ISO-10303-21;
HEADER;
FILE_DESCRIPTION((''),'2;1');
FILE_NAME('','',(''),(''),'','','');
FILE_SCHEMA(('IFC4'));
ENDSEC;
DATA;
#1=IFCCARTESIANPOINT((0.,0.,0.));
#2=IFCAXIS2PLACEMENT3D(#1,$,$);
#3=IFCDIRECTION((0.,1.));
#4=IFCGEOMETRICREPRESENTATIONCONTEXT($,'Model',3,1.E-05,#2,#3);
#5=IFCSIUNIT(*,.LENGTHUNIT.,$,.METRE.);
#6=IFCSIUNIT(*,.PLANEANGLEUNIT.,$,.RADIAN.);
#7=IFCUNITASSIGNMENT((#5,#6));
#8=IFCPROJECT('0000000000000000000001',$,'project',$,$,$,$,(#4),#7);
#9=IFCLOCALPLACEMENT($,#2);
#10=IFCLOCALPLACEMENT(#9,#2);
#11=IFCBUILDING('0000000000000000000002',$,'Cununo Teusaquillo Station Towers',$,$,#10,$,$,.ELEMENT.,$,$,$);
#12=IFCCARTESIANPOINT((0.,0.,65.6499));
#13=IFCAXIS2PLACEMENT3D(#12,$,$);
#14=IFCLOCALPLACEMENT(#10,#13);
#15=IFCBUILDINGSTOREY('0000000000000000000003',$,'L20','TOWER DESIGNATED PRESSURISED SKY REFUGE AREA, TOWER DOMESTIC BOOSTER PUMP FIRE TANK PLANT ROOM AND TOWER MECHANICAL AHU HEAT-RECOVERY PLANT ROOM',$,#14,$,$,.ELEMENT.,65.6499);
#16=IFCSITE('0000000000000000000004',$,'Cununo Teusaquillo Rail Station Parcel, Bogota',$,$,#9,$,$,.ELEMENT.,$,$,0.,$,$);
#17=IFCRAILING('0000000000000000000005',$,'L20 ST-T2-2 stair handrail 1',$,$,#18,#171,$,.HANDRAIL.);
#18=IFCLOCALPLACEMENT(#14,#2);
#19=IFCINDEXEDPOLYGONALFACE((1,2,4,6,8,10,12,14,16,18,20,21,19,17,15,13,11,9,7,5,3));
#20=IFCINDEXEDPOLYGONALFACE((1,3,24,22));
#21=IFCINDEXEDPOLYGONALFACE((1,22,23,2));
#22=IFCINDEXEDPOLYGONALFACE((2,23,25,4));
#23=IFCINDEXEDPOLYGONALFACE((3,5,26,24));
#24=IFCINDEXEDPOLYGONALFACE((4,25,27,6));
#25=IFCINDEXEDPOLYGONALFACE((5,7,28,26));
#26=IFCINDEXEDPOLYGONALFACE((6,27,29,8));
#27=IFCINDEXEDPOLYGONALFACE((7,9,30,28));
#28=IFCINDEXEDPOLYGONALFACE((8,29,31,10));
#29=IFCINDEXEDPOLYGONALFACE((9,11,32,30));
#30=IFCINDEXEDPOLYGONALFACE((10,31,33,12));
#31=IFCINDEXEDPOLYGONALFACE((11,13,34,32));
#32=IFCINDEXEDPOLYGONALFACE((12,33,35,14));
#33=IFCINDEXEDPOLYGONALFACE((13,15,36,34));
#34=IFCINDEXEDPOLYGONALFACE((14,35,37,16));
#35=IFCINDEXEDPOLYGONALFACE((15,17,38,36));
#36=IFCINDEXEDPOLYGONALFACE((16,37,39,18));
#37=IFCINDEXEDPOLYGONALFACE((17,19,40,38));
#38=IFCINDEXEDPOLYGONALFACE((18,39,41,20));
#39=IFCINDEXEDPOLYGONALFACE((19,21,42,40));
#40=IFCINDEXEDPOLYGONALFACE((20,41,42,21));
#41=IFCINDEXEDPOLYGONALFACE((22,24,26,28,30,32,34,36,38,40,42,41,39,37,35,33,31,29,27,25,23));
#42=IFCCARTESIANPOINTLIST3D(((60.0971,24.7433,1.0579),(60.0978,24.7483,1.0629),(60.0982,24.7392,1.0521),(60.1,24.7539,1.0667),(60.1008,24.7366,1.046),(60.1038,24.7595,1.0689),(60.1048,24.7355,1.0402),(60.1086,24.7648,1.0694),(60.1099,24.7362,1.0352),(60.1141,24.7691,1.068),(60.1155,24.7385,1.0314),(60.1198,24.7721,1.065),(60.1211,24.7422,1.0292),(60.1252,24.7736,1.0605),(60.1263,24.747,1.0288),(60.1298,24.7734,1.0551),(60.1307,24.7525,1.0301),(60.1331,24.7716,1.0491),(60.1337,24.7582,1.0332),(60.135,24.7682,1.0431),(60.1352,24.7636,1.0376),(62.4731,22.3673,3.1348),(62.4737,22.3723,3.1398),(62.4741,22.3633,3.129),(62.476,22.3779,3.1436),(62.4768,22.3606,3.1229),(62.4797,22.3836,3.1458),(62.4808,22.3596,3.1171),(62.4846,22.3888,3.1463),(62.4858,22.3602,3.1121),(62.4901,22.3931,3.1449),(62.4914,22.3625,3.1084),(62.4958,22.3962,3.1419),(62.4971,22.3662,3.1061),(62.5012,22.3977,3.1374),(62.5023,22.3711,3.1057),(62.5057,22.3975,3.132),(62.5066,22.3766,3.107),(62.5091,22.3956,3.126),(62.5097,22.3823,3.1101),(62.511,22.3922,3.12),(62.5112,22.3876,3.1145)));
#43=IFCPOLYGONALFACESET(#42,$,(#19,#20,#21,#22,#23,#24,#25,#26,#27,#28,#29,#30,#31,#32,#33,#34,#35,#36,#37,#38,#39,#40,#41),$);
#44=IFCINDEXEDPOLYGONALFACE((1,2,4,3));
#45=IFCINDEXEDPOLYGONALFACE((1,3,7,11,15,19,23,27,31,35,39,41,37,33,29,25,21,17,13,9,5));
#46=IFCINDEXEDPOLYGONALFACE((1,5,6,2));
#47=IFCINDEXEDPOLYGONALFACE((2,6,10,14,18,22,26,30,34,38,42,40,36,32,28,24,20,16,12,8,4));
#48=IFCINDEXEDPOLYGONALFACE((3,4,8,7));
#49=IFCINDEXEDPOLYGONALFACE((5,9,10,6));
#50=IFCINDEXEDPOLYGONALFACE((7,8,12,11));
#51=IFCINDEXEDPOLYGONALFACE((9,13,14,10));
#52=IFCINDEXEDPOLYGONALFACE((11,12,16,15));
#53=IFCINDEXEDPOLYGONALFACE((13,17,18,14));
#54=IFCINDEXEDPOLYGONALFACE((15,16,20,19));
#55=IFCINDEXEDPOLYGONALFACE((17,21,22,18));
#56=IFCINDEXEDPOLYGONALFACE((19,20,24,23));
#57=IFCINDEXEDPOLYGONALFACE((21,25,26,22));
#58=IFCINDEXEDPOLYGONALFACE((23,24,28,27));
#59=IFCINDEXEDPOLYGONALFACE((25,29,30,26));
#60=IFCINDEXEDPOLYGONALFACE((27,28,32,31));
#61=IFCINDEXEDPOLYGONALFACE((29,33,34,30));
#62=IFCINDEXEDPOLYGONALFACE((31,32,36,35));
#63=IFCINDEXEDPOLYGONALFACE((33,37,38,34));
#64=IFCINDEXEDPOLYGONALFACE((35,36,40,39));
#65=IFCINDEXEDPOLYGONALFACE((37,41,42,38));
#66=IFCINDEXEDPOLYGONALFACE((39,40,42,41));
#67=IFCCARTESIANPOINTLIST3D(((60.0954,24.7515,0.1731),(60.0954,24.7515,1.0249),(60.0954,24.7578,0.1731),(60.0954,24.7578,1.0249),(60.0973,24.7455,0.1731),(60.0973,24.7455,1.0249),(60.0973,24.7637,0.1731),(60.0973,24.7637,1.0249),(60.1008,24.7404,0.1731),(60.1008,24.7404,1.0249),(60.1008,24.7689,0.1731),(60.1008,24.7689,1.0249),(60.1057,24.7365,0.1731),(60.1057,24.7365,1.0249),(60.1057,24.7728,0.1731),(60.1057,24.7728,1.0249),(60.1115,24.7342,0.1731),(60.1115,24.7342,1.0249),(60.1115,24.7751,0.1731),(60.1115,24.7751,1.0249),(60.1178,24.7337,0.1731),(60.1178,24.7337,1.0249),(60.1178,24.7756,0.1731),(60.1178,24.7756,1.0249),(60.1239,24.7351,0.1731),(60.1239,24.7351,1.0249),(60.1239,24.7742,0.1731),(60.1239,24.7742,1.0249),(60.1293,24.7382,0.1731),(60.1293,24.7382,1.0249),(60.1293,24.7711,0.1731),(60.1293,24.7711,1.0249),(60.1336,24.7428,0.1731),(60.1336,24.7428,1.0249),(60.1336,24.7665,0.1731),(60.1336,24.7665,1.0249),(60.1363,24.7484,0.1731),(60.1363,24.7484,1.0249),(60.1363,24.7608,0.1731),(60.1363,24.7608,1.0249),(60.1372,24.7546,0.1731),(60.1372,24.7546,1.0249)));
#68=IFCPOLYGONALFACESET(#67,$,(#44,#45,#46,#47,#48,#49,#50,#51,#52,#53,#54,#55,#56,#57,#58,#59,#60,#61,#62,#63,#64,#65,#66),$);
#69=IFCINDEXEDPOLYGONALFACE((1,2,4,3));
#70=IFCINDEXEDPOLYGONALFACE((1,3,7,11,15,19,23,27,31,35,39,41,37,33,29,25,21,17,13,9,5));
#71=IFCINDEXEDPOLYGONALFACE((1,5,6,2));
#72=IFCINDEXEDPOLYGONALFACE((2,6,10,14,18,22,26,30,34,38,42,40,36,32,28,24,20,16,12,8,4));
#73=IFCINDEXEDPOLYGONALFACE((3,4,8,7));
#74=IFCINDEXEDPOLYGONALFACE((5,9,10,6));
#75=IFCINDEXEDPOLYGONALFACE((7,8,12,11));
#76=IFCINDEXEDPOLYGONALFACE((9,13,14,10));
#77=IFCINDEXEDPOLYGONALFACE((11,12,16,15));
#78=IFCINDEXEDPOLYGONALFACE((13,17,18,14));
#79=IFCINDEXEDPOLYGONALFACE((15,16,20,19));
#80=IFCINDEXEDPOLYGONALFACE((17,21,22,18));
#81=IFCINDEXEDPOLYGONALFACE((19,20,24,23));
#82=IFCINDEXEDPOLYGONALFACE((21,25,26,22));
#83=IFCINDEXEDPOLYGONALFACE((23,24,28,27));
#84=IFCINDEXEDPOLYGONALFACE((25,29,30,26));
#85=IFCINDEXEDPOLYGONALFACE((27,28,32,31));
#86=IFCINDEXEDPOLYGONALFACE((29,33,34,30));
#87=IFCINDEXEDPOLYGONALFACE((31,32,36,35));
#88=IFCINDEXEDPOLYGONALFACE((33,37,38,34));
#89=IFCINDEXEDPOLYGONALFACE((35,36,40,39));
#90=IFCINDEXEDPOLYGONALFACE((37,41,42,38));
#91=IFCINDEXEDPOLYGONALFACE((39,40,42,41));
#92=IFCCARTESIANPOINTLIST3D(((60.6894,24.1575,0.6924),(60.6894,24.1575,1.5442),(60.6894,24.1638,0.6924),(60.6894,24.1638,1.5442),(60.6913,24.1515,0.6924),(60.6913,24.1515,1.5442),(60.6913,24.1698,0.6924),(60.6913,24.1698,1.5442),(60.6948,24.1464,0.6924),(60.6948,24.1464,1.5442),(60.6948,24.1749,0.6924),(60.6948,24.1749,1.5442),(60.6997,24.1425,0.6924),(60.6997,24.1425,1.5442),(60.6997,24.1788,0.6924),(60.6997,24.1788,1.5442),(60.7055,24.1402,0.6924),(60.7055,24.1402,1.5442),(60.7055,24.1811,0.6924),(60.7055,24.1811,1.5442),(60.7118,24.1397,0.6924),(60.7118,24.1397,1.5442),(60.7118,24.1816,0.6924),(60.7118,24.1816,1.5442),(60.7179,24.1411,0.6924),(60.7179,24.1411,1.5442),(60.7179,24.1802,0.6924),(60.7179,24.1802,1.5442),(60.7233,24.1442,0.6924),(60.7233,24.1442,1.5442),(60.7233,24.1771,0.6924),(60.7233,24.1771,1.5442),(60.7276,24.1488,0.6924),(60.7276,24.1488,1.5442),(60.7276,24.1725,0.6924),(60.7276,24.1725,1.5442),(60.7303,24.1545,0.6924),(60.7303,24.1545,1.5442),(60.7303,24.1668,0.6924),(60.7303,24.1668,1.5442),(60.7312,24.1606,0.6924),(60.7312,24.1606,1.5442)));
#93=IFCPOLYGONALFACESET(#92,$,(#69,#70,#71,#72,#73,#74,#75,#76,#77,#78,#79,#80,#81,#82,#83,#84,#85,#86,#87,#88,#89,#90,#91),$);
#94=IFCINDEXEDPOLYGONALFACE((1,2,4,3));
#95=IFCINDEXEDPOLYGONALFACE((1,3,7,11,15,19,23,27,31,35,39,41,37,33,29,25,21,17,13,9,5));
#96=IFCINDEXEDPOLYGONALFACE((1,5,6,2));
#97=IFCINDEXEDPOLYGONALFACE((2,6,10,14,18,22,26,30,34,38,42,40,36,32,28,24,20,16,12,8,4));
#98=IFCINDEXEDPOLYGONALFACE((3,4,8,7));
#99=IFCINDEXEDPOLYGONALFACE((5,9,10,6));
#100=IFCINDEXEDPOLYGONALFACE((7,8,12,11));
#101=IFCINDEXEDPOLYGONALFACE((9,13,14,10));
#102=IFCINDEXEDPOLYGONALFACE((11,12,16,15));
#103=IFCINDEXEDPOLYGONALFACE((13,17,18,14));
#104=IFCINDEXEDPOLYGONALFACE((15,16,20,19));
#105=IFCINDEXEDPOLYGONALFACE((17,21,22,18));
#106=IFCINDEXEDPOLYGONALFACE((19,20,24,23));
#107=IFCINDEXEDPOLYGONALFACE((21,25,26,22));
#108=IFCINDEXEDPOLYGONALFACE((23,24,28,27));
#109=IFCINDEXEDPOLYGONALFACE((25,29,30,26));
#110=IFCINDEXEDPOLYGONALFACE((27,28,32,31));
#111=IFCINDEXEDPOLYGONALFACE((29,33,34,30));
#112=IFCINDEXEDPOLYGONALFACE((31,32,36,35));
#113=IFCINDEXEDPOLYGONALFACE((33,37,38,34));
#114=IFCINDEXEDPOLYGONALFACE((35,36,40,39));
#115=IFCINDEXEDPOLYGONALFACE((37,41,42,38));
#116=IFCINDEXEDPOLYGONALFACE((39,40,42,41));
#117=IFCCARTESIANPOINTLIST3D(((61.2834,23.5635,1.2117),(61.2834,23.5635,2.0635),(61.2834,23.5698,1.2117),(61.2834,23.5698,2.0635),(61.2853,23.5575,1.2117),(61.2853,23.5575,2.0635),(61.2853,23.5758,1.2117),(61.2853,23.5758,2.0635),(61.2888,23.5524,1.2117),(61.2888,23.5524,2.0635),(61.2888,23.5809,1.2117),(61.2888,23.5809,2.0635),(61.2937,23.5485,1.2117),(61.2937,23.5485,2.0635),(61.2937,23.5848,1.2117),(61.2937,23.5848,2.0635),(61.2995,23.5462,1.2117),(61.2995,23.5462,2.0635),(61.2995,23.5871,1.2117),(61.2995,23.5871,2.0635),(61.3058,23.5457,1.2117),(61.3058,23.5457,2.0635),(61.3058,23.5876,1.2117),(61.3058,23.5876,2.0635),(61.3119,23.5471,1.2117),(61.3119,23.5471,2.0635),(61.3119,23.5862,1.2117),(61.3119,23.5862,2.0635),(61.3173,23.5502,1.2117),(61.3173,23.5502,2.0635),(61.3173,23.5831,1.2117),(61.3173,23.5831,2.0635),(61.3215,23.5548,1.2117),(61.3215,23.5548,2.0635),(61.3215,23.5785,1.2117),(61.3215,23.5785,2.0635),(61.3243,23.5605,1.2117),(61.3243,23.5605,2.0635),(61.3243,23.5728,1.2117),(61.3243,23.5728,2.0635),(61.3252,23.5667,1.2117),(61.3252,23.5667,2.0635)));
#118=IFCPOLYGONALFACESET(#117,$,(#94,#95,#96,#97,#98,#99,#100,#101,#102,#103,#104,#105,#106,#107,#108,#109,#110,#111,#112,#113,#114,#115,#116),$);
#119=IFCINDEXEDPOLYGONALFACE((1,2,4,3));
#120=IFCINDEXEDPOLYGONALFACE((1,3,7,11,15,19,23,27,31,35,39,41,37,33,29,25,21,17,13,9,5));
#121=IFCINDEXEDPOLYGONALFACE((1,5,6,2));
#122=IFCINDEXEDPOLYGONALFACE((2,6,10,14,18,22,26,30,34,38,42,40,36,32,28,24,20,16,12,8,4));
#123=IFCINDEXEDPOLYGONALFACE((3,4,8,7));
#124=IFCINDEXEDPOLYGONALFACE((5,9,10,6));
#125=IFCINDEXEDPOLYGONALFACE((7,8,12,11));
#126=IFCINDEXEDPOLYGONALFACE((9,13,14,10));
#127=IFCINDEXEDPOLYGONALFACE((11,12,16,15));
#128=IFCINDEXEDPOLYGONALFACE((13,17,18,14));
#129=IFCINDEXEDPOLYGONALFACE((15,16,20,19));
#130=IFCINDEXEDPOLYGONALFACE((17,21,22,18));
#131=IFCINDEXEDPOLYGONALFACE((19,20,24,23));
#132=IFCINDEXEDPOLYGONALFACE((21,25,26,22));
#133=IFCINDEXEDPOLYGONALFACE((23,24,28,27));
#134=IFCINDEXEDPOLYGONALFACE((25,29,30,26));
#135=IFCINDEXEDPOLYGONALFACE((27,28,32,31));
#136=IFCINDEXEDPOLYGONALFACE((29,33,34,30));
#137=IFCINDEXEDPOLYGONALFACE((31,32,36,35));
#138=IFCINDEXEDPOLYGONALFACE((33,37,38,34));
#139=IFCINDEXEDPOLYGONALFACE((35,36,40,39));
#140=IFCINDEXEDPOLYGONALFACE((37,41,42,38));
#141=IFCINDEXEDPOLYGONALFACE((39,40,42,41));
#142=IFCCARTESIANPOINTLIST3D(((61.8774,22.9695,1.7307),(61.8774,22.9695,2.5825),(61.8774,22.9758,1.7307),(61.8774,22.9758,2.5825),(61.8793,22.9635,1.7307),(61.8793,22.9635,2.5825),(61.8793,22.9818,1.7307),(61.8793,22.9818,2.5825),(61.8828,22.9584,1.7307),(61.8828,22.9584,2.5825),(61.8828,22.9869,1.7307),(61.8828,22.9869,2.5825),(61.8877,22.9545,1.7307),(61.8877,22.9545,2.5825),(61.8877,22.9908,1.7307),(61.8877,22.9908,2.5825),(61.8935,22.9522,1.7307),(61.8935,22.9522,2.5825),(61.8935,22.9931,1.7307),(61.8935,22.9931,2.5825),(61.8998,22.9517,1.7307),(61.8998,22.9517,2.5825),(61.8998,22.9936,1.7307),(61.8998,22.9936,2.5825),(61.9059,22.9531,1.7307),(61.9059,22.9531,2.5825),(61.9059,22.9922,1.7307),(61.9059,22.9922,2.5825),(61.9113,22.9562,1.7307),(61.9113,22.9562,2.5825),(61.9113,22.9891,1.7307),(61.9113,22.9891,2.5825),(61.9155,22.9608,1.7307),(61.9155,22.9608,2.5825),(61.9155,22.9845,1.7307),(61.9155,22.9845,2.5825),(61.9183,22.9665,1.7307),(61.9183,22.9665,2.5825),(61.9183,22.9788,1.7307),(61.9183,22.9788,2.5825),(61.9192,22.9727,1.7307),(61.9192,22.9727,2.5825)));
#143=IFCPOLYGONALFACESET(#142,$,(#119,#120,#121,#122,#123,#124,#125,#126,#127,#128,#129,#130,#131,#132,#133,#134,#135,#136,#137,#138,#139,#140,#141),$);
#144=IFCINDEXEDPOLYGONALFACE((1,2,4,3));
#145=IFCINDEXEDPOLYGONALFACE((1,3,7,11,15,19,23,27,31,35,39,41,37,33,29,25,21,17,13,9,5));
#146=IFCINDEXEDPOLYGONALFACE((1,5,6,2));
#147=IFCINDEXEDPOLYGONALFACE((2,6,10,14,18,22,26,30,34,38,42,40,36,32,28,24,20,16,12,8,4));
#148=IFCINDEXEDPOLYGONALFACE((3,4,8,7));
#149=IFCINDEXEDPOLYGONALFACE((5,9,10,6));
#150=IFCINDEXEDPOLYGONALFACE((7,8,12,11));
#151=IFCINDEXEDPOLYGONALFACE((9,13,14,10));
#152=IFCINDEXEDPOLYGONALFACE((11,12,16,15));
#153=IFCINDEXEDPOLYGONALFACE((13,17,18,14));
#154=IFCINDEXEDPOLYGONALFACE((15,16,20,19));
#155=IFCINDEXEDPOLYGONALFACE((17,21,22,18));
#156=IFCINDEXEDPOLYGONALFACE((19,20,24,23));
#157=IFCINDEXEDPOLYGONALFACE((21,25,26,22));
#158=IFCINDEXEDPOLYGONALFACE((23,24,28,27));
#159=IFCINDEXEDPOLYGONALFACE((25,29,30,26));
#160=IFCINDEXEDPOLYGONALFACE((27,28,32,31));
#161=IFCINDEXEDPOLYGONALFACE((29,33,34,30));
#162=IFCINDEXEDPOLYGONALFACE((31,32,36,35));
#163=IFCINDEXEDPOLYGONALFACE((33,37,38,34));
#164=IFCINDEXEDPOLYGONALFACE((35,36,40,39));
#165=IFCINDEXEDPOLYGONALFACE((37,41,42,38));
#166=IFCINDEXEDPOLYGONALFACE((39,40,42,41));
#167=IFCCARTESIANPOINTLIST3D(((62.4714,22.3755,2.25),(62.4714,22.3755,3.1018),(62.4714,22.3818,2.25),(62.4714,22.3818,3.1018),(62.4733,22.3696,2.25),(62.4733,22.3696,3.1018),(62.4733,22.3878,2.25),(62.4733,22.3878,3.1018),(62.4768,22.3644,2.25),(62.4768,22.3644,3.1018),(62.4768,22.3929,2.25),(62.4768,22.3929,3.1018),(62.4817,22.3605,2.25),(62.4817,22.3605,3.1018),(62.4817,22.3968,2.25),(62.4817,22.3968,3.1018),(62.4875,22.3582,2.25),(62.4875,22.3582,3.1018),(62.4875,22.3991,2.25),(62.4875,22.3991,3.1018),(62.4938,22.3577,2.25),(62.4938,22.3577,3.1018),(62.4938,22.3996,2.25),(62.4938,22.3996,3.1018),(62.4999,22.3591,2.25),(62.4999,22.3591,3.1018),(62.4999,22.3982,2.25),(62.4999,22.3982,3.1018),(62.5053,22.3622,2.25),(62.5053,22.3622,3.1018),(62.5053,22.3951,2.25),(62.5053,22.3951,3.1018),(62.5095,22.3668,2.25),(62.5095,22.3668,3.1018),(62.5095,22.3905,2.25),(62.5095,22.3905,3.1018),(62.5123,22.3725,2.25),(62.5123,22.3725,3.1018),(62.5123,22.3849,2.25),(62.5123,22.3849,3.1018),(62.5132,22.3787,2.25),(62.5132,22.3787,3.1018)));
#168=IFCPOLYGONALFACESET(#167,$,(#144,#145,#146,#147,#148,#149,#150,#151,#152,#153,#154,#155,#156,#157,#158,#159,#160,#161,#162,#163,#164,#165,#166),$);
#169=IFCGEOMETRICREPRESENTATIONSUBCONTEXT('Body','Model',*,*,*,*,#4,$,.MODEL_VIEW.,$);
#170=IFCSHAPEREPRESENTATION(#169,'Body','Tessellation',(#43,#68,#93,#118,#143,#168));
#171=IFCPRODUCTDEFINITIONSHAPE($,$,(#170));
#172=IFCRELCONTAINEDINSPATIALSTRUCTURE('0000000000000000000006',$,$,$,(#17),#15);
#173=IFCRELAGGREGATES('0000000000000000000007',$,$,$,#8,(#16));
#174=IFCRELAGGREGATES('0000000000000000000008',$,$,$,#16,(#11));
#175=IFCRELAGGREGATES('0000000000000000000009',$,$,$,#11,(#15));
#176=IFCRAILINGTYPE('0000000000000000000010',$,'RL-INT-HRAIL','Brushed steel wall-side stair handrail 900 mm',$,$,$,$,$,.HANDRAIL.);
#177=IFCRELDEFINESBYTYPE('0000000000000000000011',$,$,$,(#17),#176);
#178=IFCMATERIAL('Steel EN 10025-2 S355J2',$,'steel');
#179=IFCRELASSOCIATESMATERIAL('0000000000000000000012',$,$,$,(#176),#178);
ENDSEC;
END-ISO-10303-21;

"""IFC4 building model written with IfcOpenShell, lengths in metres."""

from ifc_helpers import new_model, si_unit, direction, frame, origin, origin_2d, place, context, subcontext, project, spatial, circle, extrude, material, type_object, element, save


model = new_model("IFC4")

# Units and contexts
model_context = context("Model", 3, precision=1e-05, world=origin(), true_north=direction((0.0, 1.0)))
body_context = subcontext(model_context, "Body", "Model", "MODEL_VIEW")
ifc_project = project(units=[si_unit("LENGTHUNIT", "METRE"), si_unit("PLANEANGLEUNIT", "RADIAN")], contexts=[model_context])

# Site, building, storey
site_placement = place(None, origin())
site = spatial("IfcSite", under=ifc_project, at=site_placement, Name="Cununo Teusaquillo Rail Station Parcel, Bogota", CompositionType="ELEMENT", RefElevation=0.0)
building_placement = place(site_placement, origin())
building = spatial("IfcBuilding", under=site, at=building_placement, Name="Cununo Teusaquillo Station Towers", CompositionType="ELEMENT")
storey_placement = place(building_placement, frame((0.0, 0.0, 65.6499)))
storey = spatial("IfcBuildingStorey", under=building, at=storey_placement, Name="L20", Description="TOWER DESIGNATED PRESSURISED SKY REFUGE AREA, TOWER DOMESTIC BOOSTER PUMP FIRE TANK PLANT ROOM AND TOWER MECHANICAL AHU HEAT-RECOVERY PLANT ROOM", CompositionType="ELEMENT", Elevation=65.6499)

# Railing
ifc_material_1 = material(Name="Steel EN 10025-2 S355J2", Category="steel")
railing_type_1 = type_object("IfcRailingType", Name="RL-INT-HRAIL", Description="Brushed steel wall-side stair handrail 900 mm", PredefinedType="HANDRAIL", material=ifc_material_1)
railing_1_placement = place(storey_placement, frame((60.1162, 24.7546, 0.1731)))
element("IfcRailing", 1, at=railing_1_placement, inside=storey, type_object=railing_type_1, Name="L20 ST-T2-2 stair handrail 1", PredefinedType="HANDRAIL", context=body_context, shape_type="SweptSolid", body=[
    extrude(circle(Radius=0.0239, at=origin_2d()), frame((0.0, 0.0, 0.876), z_axis=(0.601483, -0.601483, 0.525772), x_axis=(0.707107, 0.707107, 0.0)), (0.0, 0.0, 1.0), 3.9502),
    extrude(circle(Radius=0.021, at=origin_2d()), origin(), (0.0, 0.0, 1.0), 0.8518),
    extrude(circle(Radius=0.021, at=origin_2d()), frame((0.594, -0.594, 0.5193)), (0.0, 0.0, 1.0), 0.8518),
    extrude(circle(Radius=0.021, at=origin_2d()), frame((1.188, -1.188, 1.0386)), (0.0, 0.0, 1.0), 0.8518),
    extrude(circle(Radius=0.021, at=origin_2d()), frame((1.782, -1.782, 1.5576)), (0.0, 0.0, 1.0), 0.8518),
    extrude(circle(Radius=0.021, at=origin_2d()), frame((2.376, -2.376, 2.0769)), (0.0, 0.0, 1.0), 0.8518),
])

save(model, "model.ifc")
